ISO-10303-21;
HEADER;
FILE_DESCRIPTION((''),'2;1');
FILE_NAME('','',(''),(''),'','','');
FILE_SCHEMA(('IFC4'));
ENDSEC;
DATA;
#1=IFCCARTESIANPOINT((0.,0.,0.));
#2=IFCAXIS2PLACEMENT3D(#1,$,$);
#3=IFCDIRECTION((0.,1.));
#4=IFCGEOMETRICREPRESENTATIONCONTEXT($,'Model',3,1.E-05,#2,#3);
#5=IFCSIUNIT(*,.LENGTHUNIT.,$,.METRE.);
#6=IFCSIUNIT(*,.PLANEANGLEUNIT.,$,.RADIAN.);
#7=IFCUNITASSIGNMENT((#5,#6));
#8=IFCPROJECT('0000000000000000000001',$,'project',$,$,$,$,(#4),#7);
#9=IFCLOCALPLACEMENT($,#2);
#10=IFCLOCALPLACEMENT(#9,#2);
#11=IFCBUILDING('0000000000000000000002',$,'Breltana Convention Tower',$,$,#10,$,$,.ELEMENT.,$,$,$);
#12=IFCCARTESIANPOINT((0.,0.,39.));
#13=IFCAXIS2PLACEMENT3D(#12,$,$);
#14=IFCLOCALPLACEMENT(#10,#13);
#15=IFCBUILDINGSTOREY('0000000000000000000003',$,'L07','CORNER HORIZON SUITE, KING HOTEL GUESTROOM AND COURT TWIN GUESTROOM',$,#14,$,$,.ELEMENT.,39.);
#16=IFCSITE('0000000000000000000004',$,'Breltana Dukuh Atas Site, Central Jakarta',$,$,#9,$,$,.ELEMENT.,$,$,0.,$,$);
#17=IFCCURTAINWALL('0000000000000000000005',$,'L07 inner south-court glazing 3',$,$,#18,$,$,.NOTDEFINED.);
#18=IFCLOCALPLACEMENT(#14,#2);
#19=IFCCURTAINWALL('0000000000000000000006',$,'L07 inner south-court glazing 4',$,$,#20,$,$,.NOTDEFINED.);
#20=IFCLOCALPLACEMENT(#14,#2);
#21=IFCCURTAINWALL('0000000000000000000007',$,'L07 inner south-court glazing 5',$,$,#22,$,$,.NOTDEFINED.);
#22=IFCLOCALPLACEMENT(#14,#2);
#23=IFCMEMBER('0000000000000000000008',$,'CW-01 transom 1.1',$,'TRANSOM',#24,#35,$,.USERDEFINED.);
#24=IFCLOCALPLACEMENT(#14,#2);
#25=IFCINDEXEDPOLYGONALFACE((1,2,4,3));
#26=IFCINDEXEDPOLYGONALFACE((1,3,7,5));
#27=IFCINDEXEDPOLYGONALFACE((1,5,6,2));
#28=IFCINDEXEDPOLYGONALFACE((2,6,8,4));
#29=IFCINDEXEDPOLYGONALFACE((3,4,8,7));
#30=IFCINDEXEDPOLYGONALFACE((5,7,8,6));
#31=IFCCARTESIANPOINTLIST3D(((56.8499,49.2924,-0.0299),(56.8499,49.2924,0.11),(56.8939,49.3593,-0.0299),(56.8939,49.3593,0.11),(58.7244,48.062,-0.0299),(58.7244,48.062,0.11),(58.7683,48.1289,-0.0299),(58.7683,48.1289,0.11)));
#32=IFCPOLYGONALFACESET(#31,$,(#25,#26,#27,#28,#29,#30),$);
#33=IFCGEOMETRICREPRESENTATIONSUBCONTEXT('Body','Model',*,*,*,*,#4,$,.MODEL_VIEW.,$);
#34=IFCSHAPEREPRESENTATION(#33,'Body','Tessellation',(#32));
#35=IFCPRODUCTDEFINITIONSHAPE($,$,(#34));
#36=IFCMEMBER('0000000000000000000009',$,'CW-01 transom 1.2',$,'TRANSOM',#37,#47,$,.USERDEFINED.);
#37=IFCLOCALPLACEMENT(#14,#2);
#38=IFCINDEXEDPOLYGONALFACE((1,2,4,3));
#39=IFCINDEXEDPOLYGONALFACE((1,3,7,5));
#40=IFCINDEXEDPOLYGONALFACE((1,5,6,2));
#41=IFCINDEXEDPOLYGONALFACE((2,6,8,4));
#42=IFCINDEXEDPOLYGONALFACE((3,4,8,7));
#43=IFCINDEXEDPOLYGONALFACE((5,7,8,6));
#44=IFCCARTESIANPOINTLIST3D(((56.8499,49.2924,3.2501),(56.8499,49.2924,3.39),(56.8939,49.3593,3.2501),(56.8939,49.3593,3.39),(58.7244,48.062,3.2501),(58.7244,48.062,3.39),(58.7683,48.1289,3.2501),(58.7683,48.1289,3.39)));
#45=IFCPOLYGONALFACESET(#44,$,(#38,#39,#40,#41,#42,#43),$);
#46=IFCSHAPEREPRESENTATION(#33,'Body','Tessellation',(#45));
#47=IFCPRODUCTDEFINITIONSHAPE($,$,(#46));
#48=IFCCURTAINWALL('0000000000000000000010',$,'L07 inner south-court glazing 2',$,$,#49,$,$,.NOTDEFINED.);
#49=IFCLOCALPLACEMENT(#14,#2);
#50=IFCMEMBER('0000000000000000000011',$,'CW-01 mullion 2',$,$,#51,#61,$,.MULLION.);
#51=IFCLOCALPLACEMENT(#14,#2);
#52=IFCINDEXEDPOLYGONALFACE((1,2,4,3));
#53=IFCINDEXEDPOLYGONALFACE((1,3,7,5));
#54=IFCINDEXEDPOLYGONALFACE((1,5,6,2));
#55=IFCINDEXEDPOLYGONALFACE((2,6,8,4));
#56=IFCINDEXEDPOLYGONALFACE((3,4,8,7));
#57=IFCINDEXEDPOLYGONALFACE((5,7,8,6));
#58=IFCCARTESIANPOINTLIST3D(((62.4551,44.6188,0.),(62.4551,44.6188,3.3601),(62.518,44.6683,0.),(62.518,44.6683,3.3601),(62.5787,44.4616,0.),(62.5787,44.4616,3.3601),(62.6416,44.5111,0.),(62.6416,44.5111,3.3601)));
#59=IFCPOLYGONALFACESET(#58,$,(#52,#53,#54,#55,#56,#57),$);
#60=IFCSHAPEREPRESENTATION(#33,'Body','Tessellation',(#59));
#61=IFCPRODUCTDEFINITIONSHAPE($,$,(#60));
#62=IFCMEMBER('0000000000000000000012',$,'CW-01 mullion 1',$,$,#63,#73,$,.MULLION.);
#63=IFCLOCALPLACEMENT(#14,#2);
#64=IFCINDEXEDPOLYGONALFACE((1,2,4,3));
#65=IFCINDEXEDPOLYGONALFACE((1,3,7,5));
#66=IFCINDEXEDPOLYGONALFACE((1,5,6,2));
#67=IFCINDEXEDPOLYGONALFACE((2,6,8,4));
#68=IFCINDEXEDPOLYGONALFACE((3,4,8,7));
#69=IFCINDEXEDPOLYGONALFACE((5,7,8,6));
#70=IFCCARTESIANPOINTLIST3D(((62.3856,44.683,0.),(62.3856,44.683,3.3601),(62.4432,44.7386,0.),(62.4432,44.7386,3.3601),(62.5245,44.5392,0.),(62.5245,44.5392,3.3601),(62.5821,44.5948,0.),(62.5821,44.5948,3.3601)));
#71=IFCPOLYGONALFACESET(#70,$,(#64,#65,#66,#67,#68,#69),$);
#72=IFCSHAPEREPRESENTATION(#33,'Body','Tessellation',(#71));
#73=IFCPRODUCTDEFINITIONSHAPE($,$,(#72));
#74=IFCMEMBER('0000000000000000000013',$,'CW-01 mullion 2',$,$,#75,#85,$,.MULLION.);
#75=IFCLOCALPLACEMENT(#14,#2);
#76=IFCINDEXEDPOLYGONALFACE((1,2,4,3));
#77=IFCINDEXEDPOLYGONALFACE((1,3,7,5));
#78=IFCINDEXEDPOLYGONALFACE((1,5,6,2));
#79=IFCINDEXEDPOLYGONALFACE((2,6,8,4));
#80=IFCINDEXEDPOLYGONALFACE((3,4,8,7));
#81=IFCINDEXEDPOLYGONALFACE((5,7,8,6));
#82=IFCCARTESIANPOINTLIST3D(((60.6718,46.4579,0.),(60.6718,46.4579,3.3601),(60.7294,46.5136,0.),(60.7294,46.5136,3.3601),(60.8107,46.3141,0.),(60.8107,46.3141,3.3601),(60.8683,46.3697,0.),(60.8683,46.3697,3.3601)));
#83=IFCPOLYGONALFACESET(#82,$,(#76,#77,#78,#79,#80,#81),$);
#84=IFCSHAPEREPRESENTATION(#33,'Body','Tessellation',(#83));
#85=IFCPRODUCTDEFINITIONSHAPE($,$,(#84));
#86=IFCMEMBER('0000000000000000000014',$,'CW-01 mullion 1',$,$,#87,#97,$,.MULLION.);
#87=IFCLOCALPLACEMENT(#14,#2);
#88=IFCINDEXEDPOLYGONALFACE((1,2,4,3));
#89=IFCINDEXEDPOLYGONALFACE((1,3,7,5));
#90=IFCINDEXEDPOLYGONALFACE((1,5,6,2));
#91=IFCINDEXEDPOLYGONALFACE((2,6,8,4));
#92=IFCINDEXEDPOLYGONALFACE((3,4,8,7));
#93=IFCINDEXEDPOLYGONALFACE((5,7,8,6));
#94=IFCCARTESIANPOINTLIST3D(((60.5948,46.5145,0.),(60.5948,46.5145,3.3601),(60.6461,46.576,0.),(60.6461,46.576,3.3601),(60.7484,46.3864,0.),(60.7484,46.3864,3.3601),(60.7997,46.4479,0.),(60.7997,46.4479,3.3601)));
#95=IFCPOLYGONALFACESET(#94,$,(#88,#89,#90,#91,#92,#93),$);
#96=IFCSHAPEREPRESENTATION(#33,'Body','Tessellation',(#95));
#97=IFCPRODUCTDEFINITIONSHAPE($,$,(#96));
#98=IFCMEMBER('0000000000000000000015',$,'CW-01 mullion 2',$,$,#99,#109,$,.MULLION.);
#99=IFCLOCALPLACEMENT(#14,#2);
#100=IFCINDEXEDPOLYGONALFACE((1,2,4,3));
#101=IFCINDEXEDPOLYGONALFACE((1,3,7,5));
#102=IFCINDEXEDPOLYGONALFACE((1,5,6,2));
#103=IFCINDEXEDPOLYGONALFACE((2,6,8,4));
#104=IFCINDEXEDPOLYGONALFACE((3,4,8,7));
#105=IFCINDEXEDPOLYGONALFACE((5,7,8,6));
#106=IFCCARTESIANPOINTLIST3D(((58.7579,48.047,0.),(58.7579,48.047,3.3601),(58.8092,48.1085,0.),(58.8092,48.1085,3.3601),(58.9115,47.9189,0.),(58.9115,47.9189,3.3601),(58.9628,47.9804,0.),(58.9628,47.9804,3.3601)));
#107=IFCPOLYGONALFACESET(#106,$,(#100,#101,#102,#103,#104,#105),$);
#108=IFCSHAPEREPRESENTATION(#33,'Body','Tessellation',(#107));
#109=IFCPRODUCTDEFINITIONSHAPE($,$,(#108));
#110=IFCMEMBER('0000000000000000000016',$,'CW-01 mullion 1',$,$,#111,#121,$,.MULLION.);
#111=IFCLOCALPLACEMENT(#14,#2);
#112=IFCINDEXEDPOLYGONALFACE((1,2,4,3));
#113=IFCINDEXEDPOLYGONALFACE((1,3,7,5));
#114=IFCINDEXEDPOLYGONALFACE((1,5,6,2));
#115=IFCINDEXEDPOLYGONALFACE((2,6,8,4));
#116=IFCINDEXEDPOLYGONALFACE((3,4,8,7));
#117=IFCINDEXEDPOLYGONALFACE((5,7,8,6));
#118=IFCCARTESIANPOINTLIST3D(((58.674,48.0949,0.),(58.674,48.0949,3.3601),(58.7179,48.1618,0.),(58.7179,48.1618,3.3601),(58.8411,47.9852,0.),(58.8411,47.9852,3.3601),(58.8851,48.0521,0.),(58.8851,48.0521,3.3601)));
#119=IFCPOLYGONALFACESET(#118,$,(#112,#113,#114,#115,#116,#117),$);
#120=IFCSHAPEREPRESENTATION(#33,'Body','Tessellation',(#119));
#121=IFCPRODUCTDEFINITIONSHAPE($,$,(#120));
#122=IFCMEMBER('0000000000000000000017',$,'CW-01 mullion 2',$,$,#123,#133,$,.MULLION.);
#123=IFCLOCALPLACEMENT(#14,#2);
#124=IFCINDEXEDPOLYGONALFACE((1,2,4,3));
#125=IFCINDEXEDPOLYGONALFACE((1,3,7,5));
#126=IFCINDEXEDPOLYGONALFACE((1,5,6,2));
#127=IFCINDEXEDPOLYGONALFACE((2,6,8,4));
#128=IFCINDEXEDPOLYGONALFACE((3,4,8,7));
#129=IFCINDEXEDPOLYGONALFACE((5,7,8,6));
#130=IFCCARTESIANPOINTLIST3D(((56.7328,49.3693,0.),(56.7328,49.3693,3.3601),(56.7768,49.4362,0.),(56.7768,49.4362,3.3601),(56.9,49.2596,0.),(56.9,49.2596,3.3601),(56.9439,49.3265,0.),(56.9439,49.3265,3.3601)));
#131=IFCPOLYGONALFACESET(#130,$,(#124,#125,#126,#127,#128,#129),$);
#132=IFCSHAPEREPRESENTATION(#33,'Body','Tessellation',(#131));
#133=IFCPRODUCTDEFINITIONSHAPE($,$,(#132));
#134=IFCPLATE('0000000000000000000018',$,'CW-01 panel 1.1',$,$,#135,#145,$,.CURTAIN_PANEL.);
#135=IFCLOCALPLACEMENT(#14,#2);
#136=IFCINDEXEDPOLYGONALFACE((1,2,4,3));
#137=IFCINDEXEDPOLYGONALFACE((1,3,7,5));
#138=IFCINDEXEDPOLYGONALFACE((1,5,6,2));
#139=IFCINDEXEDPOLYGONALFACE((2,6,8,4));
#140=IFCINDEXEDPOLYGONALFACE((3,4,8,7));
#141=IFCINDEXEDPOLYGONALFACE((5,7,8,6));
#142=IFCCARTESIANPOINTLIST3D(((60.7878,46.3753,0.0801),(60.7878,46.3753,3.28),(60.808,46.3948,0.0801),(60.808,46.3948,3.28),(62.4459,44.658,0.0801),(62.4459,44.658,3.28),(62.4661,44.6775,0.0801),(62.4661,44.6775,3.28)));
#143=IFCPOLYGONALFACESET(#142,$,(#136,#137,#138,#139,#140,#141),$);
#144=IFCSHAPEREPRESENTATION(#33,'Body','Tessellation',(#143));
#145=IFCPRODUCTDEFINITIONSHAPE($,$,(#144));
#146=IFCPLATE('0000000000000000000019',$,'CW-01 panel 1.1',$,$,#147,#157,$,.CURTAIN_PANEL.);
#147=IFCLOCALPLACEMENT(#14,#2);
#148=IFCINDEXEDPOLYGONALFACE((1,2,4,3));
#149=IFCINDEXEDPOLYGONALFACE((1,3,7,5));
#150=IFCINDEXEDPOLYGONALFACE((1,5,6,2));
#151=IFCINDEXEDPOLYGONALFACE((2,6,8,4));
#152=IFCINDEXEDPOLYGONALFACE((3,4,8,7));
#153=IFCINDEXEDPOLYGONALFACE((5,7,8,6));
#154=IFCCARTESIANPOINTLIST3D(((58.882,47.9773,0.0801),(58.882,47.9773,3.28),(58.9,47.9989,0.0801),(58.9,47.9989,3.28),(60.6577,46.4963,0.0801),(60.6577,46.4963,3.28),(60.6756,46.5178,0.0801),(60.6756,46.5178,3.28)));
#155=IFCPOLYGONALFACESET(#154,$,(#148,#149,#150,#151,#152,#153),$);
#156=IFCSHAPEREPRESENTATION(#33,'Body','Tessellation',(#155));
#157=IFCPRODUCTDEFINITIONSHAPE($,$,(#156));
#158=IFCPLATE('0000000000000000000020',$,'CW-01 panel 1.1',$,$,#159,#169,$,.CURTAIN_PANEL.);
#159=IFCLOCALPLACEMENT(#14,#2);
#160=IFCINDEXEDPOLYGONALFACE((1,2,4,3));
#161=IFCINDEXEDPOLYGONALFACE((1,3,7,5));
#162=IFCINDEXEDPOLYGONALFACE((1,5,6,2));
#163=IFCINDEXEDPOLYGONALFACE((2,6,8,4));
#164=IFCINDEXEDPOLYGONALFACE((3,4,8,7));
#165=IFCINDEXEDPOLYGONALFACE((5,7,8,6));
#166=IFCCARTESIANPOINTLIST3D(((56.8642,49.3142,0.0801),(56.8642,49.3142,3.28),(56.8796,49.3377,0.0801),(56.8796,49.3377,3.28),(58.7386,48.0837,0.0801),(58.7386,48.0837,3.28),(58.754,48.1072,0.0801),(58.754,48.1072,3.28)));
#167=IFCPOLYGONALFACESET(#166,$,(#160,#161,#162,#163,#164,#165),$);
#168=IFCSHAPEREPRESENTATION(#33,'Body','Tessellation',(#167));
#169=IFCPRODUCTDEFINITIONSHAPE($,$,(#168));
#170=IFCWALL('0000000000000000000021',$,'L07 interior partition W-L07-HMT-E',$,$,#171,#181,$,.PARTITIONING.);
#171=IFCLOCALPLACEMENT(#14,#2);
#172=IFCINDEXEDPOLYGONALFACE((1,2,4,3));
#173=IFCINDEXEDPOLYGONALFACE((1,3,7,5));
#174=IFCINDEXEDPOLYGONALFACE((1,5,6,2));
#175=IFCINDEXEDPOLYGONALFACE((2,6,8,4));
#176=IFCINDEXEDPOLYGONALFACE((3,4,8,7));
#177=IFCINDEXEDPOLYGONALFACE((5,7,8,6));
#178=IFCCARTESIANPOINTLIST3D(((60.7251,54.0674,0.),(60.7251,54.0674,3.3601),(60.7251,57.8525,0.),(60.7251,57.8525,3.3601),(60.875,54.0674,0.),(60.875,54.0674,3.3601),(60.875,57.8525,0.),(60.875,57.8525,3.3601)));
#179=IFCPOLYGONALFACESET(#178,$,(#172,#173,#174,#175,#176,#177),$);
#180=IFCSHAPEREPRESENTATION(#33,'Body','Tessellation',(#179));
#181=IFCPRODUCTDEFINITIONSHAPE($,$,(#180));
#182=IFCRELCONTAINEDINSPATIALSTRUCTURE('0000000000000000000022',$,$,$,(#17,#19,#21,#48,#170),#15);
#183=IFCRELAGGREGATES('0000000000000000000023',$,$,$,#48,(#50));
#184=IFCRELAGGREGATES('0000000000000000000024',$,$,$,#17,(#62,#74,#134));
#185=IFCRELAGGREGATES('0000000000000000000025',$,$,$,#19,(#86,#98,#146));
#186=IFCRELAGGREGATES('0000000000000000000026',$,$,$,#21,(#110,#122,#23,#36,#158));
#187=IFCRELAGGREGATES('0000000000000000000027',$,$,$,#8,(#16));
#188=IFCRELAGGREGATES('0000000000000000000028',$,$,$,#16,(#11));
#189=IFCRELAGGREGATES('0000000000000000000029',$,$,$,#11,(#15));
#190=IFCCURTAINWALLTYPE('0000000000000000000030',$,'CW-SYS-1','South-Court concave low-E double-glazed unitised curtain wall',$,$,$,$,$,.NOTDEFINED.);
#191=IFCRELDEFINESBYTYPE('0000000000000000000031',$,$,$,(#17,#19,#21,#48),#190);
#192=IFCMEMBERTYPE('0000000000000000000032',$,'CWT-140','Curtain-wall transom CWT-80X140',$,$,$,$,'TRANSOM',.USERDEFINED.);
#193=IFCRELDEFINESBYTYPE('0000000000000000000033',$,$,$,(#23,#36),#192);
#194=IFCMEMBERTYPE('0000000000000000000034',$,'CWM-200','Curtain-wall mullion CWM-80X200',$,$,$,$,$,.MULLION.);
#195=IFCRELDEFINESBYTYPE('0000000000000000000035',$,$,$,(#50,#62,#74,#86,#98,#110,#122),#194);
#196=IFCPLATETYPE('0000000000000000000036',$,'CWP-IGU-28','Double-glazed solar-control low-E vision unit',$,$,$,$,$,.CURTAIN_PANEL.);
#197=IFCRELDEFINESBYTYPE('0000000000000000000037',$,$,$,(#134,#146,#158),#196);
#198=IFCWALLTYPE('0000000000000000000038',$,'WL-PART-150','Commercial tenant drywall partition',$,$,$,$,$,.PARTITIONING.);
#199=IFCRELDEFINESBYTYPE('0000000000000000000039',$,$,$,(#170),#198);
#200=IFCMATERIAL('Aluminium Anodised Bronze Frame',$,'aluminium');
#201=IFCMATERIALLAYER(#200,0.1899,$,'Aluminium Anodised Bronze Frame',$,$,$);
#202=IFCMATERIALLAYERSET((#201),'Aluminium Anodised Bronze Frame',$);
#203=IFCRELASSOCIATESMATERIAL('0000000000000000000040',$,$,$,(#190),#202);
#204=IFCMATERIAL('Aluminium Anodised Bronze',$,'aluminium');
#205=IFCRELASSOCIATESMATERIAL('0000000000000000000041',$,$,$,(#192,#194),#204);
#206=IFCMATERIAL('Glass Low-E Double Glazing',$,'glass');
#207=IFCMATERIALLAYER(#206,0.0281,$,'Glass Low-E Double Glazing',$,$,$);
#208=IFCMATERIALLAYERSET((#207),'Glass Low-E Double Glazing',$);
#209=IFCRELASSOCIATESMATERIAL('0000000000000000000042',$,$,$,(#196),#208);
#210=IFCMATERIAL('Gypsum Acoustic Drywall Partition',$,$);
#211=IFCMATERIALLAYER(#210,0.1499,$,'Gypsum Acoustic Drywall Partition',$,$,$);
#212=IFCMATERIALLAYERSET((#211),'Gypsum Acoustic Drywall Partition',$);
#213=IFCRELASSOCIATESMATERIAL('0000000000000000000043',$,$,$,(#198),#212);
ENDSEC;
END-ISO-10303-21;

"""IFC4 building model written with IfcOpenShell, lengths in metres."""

from ifc_helpers import new_model, si_unit, direction, frame, frame_2d, origin, origin_2d, place, context, subcontext, project, spatial, rectangle, extrude, source, transform, mapped, material, layer, layer_set, material_profile, profile_set, type_object, element, aggregate, save


model = new_model("IFC4")

# Units and contexts
model_context = context("Model", 3, precision=1e-05, world=origin(), true_north=direction((0.0, 1.0)))
body_context = subcontext(model_context, "Body", "Model", "MODEL_VIEW")
ifc_project = project(units=[si_unit("LENGTHUNIT", "METRE"), si_unit("PLANEANGLEUNIT", "RADIAN")], contexts=[model_context])

# Site, building, storey
site_placement = place(None, origin())
site = spatial("IfcSite", under=ifc_project, at=site_placement, Name="Breltana Dukuh Atas Site, Central Jakarta", CompositionType="ELEMENT", RefElevation=0.0)
building_placement = place(site_placement, origin())
building = spatial("IfcBuilding", under=site, at=building_placement, Name="Breltana Convention Tower", CompositionType="ELEMENT")
storey_placement = place(building_placement, frame((0.0, 0.0, 39.0)))
storey = spatial("IfcBuildingStorey", under=building, at=storey_placement, Name="L07", Description="CORNER HORIZON SUITE, KING HOTEL GUESTROOM AND COURT TWIN GUESTROOM", CompositionType="ELEMENT", Elevation=39.0)

# Curtain walls, members
ifc_material_1 = material(Name="Aluminium Anodised Bronze Frame", Category="aluminium")
ifc_layer_1 = layer(ifc_material_1, 0.1899, Name="Aluminium Anodised Bronze Frame")
ifc_layer_set_1 = layer_set([ifc_layer_1], Name="Aluminium Anodised Bronze Frame")
curtain_wall_type = type_object("IfcCurtainWallType", Name="CW-SYS-1", Description="South-Court concave low-E double-glazed unitised curtain wall", PredefinedType="NOTDEFINED", material=ifc_layer_set_1)
curtain_wall_1_placement = place(storey_placement, origin())
curtain_wall_1 = element("IfcCurtainWall", 1, at=curtain_wall_1_placement, inside=storey, type_object=curtain_wall_type, Name="L07 inner south-court glazing 3", PredefinedType="NOTDEFINED")
ifc_material_2 = material(Name="Aluminium Anodised Bronze", Category="aluminium")
ifc_material_profile_1 = material_profile(ifc_material_2, rectangle(XDim=0.0801, YDim=0.1399, at=origin_2d()), Name="CWT-80X140")
ifc_profile_set_1 = profile_set([ifc_material_profile_1], Name="Aluminium Anodised Bronze")
member_type_1 = type_object("IfcMemberType", Name="CWT-140", Description="Curtain-wall transom CWT-80X140", ElementType="TRANSOM", PredefinedType="USERDEFINED", material=ifc_profile_set_1)
curtain_wall_2_placement = place(storey_placement, origin())
curtain_wall_2 = element("IfcCurtainWall", 2, at=curtain_wall_2_placement, inside=storey, type_object=curtain_wall_type, Name="L07 inner south-court glazing 4", PredefinedType="NOTDEFINED")
curtain_wall_3_placement = place(storey_placement, origin())
curtain_wall_3 = element("IfcCurtainWall", 3, at=curtain_wall_3_placement, inside=storey, type_object=curtain_wall_type, Name="L07 inner south-court glazing 5", PredefinedType="NOTDEFINED")
shared_shape_1 = source(origin(), body_context, "Body", "SweptSolid", [
    extrude(rectangle(XDim=0.0801, YDim=0.1399, at=origin_2d()), origin(), (0.0, 0.0, 1.0), 2.2422),
])
member_1_placement = place(storey_placement, frame((58.7463, 48.0955, 0.04), z_axis=(-0.835982, 0.548756, 0.0), x_axis=(-0.548756, -0.835982, 0.0)))
member_1 = element("IfcMember", 4, at=member_1_placement, type_object=member_type_1, Name="CW-01 transom 1.1", ObjectType="TRANSOM", PredefinedType="USERDEFINED", context=body_context, shape_type="MappedRepresentation", body=[
    mapped(shared_shape_1, transform((0.0, 0.0, 0.0), scale=1.0)),
])
member_2_placement = place(storey_placement, frame((58.7463, 48.0955, 3.3201), z_axis=(-0.835982, 0.548756, 0.0), x_axis=(-0.548756, -0.835982, 0.0)))
member_2 = element("IfcMember", 5, at=member_2_placement, type_object=member_type_1, Name="CW-01 transom 1.2", ObjectType="TRANSOM", PredefinedType="USERDEFINED", context=body_context, shape_type="MappedRepresentation", body=[
    mapped(shared_shape_1, transform((0.0, 0.0, 0.0), scale=1.0)),
])

# Curtain wall, member
curtain_wall_4_placement = place(storey_placement, origin())
curtain_wall_4 = element("IfcCurtainWall", 6, at=curtain_wall_4_placement, inside=storey, type_object=curtain_wall_type, Name="L07 inner south-court glazing 2", PredefinedType="NOTDEFINED")
ifc_material_profile_2 = material_profile(ifc_material_2, rectangle(XDim=0.0801, YDim=0.2, at=origin_2d()), Name="CWM-80X200")
ifc_profile_set_2 = profile_set([ifc_material_profile_2], Name="Aluminium Anodised Bronze")
member_type_2 = type_object("IfcMemberType", Name="CWM-200", Description="Curtain-wall mullion CWM-80X200", PredefinedType="MULLION", material=ifc_profile_set_2)
shared_shape_2 = source(origin(), body_context, "Body", "SweptSolid", [
    extrude(rectangle(XDim=0.0801, YDim=0.2, at=origin_2d()), origin(), (0.0, 0.0, 1.0), 3.3601),
])
member_3_placement = place(storey_placement, frame((62.5483, 44.5649, 0.0), z_axis=(0.0, 0.0, 1.0), x_axis=(-0.786058, -0.618153, 0.0)))
member_3 = element("IfcMember", 7, at=member_3_placement, type_object=member_type_2, Name="CW-01 mullion 2", PredefinedType="MULLION", context=body_context, shape_type="MappedRepresentation", body=[
    mapped(shared_shape_2, transform((0.0, 0.0, 0.0), scale=1.0)),
])
aggregate(curtain_wall_4, [member_3])

# Members
member_4_placement = place(storey_placement, frame((62.4839, 44.6389, 0.0), z_axis=(0.0, 0.0, 1.0), x_axis=(-0.719385, -0.694612, 0.0)))
member_4 = element("IfcMember", 8, at=member_4_placement, type_object=member_type_2, Name="CW-01 mullion 1", PredefinedType="MULLION", context=body_context, shape_type="MappedRepresentation", body=[
    mapped(shared_shape_2, transform((0.0, 0.0, 0.0), scale=1.0)),
])
member_5_placement = place(storey_placement, frame((60.77, 46.4138, 0.0), z_axis=(0.0, 0.0, 1.0), x_axis=(-0.719385, -0.694612, 0.0)))
member_5 = element("IfcMember", 9, at=member_5_placement, type_object=member_type_2, Name="CW-01 mullion 2", PredefinedType="MULLION", context=body_context, shape_type="MappedRepresentation", body=[
    mapped(shared_shape_2, transform((0.0, 0.0, 0.0), scale=1.0)),
])
member_6_placement = place(storey_placement, frame((60.6973, 46.4812, 0.0), z_axis=(0.0, 0.0, 1.0), x_axis=(-0.640523, -0.767939, 0.0)))
member_6 = element("IfcMember", 10, at=member_6_placement, type_object=member_type_2, Name="CW-01 mullion 1", PredefinedType="MULLION", context=body_context, shape_type="MappedRepresentation", body=[
    mapped(shared_shape_2, transform((0.0, 0.0, 0.0), scale=1.0)),
])
member_7_placement = place(storey_placement, frame((58.8604, 48.0137, 0.0), z_axis=(0.0, 0.0, 1.0), x_axis=(-0.640523, -0.767939, 0.0)))
member_7 = element("IfcMember", 11, at=member_7_placement, type_object=member_type_2, Name="CW-01 mullion 2", PredefinedType="MULLION", context=body_context, shape_type="MappedRepresentation", body=[
    mapped(shared_shape_2, transform((0.0, 0.0, 0.0), scale=1.0)),
])
member_8_placement = place(storey_placement, frame((58.7795, 48.0735, 0.0), z_axis=(0.0, 0.0, 1.0), x_axis=(-0.548778, -0.835968, 0.0)))
member_8 = element("IfcMember", 12, at=member_8_placement, type_object=member_type_2, Name="CW-01 mullion 1", PredefinedType="MULLION", context=body_context, shape_type="MappedRepresentation", body=[
    mapped(shared_shape_2, transform((0.0, 0.0, 0.0), scale=1.0)),
])
member_9_placement = place(storey_placement, frame((56.8384, 49.3479, 0.0), z_axis=(0.0, 0.0, 1.0), x_axis=(-0.548778, -0.835968, 0.0)))
member_9 = element("IfcMember", 13, at=member_9_placement, type_object=member_type_2, Name="CW-01 mullion 2", PredefinedType="MULLION", context=body_context, shape_type="MappedRepresentation", body=[
    mapped(shared_shape_2, transform((0.0, 0.0, 0.0), scale=1.0)),
])

# Plates
ifc_material_3 = material(Name="Glass Low-E Double Glazing", Category="glass")
ifc_layer_2 = layer(ifc_material_3, 0.0281, Name="Glass Low-E Double Glazing")
ifc_layer_set_2 = layer_set([ifc_layer_2], Name="Glass Low-E Double Glazing")
plate_type = type_object("IfcPlateType", Name="CWP-IGU-28", Description="Double-glazed solar-control low-E vision unit", PredefinedType="CURTAIN_PANEL", material=ifc_layer_set_2)
shared_shape_3 = source(origin(), body_context, "Body", "SweptSolid", [
    extrude(rectangle(XDim=2.3872, YDim=0.0281, at=origin_2d()), origin(), (0.0, 0.0, 1.0), 3.2),
])
plate_1_placement = place(storey_placement, frame((61.627, 45.5264, 0.0801), z_axis=(0.0, 0.0, 1.0), x_axis=(-0.694612, 0.719385, 0.0)))
plate_1 = element("IfcPlate", 14, at=plate_1_placement, type_object=plate_type, Name="CW-01 panel 1.1", PredefinedType="CURTAIN_PANEL", context=body_context, shape_type="MappedRepresentation", body=[
    mapped(shared_shape_3, transform((0.0, 0.0, 0.0), scale=1.0)),
])
aggregate(curtain_wall_1, [member_4, member_5, plate_1])
shared_shape_4 = source(origin(), body_context, "Body", "SweptSolid", [
    extrude(rectangle(XDim=2.3123, YDim=0.0281, at=origin_2d()), origin(), (0.0, 0.0, 1.0), 3.2),
])
plate_2_placement = place(storey_placement, frame((59.7788, 47.2476, 0.0801), z_axis=(0.0, 0.0, 1.0), x_axis=(-0.767939, 0.640523, 0.0)))
plate_2 = element("IfcPlate", 15, at=plate_2_placement, type_object=plate_type, Name="CW-01 panel 1.1", PredefinedType="CURTAIN_PANEL", context=body_context, shape_type="MappedRepresentation", body=[
    mapped(shared_shape_4, transform((0.0, 0.0, 0.0), scale=1.0)),
])
aggregate(curtain_wall_2, [member_6, member_7, plate_2])
shared_shape_5 = source(origin(), body_context, "Body", "SweptSolid", [
    extrude(rectangle(XDim=2.2422, YDim=0.0281, at=origin_2d()), origin(), (0.0, 0.0, 1.0), 3.2),
])
plate_3_placement = place(storey_placement, frame((57.8091, 48.7107, 0.0801), z_axis=(0.0, 0.0, 1.0), x_axis=(-0.835968, 0.548778, 0.0)))
plate_3 = element("IfcPlate", 16, at=plate_3_placement, type_object=plate_type, Name="CW-01 panel 1.1", PredefinedType="CURTAIN_PANEL", context=body_context, shape_type="MappedRepresentation", body=[
    mapped(shared_shape_5, transform((0.0, 0.0, 0.0), scale=1.0)),
])
aggregate(curtain_wall_3, [member_8, member_9, member_1, member_2, plate_3])

# Wall
ifc_material_4 = material(Name="Gypsum Acoustic Drywall Partition")
ifc_layer_3 = layer(ifc_material_4, 0.1499, Name="Gypsum Acoustic Drywall Partition")
ifc_layer_set_3 = layer_set([ifc_layer_3], Name="Gypsum Acoustic Drywall Partition")
wall_type_1 = type_object("IfcWallType", Name="WL-PART-150", Description="Commercial tenant drywall partition", PredefinedType="PARTITIONING", material=ifc_layer_set_3)
shared_shape_6 = source(origin(), body_context, "Body", "SweptSolid", [
    extrude(rectangle(XDim=3.7852, YDim=0.1499, at=frame_2d((1.8926, 0.0))), origin(), (0.0, 0.0, 1.0), 3.3601),
])
wall_1_placement = place(storey_placement, frame((60.8, 54.0674, 0.0), z_axis=(0.0, 0.0, 1.0), x_axis=(0.0, 1.0, 0.0)))
element("IfcWall", 17, at=wall_1_placement, inside=storey, type_object=wall_type_1, Name="L07 interior partition W-L07-HMT-E", PredefinedType="PARTITIONING", context=body_context, shape_type="MappedRepresentation", body=[
    mapped(shared_shape_6, transform((0.0, 0.0, 0.0), scale=1.0)),
])

save(model, "model.ifc")
